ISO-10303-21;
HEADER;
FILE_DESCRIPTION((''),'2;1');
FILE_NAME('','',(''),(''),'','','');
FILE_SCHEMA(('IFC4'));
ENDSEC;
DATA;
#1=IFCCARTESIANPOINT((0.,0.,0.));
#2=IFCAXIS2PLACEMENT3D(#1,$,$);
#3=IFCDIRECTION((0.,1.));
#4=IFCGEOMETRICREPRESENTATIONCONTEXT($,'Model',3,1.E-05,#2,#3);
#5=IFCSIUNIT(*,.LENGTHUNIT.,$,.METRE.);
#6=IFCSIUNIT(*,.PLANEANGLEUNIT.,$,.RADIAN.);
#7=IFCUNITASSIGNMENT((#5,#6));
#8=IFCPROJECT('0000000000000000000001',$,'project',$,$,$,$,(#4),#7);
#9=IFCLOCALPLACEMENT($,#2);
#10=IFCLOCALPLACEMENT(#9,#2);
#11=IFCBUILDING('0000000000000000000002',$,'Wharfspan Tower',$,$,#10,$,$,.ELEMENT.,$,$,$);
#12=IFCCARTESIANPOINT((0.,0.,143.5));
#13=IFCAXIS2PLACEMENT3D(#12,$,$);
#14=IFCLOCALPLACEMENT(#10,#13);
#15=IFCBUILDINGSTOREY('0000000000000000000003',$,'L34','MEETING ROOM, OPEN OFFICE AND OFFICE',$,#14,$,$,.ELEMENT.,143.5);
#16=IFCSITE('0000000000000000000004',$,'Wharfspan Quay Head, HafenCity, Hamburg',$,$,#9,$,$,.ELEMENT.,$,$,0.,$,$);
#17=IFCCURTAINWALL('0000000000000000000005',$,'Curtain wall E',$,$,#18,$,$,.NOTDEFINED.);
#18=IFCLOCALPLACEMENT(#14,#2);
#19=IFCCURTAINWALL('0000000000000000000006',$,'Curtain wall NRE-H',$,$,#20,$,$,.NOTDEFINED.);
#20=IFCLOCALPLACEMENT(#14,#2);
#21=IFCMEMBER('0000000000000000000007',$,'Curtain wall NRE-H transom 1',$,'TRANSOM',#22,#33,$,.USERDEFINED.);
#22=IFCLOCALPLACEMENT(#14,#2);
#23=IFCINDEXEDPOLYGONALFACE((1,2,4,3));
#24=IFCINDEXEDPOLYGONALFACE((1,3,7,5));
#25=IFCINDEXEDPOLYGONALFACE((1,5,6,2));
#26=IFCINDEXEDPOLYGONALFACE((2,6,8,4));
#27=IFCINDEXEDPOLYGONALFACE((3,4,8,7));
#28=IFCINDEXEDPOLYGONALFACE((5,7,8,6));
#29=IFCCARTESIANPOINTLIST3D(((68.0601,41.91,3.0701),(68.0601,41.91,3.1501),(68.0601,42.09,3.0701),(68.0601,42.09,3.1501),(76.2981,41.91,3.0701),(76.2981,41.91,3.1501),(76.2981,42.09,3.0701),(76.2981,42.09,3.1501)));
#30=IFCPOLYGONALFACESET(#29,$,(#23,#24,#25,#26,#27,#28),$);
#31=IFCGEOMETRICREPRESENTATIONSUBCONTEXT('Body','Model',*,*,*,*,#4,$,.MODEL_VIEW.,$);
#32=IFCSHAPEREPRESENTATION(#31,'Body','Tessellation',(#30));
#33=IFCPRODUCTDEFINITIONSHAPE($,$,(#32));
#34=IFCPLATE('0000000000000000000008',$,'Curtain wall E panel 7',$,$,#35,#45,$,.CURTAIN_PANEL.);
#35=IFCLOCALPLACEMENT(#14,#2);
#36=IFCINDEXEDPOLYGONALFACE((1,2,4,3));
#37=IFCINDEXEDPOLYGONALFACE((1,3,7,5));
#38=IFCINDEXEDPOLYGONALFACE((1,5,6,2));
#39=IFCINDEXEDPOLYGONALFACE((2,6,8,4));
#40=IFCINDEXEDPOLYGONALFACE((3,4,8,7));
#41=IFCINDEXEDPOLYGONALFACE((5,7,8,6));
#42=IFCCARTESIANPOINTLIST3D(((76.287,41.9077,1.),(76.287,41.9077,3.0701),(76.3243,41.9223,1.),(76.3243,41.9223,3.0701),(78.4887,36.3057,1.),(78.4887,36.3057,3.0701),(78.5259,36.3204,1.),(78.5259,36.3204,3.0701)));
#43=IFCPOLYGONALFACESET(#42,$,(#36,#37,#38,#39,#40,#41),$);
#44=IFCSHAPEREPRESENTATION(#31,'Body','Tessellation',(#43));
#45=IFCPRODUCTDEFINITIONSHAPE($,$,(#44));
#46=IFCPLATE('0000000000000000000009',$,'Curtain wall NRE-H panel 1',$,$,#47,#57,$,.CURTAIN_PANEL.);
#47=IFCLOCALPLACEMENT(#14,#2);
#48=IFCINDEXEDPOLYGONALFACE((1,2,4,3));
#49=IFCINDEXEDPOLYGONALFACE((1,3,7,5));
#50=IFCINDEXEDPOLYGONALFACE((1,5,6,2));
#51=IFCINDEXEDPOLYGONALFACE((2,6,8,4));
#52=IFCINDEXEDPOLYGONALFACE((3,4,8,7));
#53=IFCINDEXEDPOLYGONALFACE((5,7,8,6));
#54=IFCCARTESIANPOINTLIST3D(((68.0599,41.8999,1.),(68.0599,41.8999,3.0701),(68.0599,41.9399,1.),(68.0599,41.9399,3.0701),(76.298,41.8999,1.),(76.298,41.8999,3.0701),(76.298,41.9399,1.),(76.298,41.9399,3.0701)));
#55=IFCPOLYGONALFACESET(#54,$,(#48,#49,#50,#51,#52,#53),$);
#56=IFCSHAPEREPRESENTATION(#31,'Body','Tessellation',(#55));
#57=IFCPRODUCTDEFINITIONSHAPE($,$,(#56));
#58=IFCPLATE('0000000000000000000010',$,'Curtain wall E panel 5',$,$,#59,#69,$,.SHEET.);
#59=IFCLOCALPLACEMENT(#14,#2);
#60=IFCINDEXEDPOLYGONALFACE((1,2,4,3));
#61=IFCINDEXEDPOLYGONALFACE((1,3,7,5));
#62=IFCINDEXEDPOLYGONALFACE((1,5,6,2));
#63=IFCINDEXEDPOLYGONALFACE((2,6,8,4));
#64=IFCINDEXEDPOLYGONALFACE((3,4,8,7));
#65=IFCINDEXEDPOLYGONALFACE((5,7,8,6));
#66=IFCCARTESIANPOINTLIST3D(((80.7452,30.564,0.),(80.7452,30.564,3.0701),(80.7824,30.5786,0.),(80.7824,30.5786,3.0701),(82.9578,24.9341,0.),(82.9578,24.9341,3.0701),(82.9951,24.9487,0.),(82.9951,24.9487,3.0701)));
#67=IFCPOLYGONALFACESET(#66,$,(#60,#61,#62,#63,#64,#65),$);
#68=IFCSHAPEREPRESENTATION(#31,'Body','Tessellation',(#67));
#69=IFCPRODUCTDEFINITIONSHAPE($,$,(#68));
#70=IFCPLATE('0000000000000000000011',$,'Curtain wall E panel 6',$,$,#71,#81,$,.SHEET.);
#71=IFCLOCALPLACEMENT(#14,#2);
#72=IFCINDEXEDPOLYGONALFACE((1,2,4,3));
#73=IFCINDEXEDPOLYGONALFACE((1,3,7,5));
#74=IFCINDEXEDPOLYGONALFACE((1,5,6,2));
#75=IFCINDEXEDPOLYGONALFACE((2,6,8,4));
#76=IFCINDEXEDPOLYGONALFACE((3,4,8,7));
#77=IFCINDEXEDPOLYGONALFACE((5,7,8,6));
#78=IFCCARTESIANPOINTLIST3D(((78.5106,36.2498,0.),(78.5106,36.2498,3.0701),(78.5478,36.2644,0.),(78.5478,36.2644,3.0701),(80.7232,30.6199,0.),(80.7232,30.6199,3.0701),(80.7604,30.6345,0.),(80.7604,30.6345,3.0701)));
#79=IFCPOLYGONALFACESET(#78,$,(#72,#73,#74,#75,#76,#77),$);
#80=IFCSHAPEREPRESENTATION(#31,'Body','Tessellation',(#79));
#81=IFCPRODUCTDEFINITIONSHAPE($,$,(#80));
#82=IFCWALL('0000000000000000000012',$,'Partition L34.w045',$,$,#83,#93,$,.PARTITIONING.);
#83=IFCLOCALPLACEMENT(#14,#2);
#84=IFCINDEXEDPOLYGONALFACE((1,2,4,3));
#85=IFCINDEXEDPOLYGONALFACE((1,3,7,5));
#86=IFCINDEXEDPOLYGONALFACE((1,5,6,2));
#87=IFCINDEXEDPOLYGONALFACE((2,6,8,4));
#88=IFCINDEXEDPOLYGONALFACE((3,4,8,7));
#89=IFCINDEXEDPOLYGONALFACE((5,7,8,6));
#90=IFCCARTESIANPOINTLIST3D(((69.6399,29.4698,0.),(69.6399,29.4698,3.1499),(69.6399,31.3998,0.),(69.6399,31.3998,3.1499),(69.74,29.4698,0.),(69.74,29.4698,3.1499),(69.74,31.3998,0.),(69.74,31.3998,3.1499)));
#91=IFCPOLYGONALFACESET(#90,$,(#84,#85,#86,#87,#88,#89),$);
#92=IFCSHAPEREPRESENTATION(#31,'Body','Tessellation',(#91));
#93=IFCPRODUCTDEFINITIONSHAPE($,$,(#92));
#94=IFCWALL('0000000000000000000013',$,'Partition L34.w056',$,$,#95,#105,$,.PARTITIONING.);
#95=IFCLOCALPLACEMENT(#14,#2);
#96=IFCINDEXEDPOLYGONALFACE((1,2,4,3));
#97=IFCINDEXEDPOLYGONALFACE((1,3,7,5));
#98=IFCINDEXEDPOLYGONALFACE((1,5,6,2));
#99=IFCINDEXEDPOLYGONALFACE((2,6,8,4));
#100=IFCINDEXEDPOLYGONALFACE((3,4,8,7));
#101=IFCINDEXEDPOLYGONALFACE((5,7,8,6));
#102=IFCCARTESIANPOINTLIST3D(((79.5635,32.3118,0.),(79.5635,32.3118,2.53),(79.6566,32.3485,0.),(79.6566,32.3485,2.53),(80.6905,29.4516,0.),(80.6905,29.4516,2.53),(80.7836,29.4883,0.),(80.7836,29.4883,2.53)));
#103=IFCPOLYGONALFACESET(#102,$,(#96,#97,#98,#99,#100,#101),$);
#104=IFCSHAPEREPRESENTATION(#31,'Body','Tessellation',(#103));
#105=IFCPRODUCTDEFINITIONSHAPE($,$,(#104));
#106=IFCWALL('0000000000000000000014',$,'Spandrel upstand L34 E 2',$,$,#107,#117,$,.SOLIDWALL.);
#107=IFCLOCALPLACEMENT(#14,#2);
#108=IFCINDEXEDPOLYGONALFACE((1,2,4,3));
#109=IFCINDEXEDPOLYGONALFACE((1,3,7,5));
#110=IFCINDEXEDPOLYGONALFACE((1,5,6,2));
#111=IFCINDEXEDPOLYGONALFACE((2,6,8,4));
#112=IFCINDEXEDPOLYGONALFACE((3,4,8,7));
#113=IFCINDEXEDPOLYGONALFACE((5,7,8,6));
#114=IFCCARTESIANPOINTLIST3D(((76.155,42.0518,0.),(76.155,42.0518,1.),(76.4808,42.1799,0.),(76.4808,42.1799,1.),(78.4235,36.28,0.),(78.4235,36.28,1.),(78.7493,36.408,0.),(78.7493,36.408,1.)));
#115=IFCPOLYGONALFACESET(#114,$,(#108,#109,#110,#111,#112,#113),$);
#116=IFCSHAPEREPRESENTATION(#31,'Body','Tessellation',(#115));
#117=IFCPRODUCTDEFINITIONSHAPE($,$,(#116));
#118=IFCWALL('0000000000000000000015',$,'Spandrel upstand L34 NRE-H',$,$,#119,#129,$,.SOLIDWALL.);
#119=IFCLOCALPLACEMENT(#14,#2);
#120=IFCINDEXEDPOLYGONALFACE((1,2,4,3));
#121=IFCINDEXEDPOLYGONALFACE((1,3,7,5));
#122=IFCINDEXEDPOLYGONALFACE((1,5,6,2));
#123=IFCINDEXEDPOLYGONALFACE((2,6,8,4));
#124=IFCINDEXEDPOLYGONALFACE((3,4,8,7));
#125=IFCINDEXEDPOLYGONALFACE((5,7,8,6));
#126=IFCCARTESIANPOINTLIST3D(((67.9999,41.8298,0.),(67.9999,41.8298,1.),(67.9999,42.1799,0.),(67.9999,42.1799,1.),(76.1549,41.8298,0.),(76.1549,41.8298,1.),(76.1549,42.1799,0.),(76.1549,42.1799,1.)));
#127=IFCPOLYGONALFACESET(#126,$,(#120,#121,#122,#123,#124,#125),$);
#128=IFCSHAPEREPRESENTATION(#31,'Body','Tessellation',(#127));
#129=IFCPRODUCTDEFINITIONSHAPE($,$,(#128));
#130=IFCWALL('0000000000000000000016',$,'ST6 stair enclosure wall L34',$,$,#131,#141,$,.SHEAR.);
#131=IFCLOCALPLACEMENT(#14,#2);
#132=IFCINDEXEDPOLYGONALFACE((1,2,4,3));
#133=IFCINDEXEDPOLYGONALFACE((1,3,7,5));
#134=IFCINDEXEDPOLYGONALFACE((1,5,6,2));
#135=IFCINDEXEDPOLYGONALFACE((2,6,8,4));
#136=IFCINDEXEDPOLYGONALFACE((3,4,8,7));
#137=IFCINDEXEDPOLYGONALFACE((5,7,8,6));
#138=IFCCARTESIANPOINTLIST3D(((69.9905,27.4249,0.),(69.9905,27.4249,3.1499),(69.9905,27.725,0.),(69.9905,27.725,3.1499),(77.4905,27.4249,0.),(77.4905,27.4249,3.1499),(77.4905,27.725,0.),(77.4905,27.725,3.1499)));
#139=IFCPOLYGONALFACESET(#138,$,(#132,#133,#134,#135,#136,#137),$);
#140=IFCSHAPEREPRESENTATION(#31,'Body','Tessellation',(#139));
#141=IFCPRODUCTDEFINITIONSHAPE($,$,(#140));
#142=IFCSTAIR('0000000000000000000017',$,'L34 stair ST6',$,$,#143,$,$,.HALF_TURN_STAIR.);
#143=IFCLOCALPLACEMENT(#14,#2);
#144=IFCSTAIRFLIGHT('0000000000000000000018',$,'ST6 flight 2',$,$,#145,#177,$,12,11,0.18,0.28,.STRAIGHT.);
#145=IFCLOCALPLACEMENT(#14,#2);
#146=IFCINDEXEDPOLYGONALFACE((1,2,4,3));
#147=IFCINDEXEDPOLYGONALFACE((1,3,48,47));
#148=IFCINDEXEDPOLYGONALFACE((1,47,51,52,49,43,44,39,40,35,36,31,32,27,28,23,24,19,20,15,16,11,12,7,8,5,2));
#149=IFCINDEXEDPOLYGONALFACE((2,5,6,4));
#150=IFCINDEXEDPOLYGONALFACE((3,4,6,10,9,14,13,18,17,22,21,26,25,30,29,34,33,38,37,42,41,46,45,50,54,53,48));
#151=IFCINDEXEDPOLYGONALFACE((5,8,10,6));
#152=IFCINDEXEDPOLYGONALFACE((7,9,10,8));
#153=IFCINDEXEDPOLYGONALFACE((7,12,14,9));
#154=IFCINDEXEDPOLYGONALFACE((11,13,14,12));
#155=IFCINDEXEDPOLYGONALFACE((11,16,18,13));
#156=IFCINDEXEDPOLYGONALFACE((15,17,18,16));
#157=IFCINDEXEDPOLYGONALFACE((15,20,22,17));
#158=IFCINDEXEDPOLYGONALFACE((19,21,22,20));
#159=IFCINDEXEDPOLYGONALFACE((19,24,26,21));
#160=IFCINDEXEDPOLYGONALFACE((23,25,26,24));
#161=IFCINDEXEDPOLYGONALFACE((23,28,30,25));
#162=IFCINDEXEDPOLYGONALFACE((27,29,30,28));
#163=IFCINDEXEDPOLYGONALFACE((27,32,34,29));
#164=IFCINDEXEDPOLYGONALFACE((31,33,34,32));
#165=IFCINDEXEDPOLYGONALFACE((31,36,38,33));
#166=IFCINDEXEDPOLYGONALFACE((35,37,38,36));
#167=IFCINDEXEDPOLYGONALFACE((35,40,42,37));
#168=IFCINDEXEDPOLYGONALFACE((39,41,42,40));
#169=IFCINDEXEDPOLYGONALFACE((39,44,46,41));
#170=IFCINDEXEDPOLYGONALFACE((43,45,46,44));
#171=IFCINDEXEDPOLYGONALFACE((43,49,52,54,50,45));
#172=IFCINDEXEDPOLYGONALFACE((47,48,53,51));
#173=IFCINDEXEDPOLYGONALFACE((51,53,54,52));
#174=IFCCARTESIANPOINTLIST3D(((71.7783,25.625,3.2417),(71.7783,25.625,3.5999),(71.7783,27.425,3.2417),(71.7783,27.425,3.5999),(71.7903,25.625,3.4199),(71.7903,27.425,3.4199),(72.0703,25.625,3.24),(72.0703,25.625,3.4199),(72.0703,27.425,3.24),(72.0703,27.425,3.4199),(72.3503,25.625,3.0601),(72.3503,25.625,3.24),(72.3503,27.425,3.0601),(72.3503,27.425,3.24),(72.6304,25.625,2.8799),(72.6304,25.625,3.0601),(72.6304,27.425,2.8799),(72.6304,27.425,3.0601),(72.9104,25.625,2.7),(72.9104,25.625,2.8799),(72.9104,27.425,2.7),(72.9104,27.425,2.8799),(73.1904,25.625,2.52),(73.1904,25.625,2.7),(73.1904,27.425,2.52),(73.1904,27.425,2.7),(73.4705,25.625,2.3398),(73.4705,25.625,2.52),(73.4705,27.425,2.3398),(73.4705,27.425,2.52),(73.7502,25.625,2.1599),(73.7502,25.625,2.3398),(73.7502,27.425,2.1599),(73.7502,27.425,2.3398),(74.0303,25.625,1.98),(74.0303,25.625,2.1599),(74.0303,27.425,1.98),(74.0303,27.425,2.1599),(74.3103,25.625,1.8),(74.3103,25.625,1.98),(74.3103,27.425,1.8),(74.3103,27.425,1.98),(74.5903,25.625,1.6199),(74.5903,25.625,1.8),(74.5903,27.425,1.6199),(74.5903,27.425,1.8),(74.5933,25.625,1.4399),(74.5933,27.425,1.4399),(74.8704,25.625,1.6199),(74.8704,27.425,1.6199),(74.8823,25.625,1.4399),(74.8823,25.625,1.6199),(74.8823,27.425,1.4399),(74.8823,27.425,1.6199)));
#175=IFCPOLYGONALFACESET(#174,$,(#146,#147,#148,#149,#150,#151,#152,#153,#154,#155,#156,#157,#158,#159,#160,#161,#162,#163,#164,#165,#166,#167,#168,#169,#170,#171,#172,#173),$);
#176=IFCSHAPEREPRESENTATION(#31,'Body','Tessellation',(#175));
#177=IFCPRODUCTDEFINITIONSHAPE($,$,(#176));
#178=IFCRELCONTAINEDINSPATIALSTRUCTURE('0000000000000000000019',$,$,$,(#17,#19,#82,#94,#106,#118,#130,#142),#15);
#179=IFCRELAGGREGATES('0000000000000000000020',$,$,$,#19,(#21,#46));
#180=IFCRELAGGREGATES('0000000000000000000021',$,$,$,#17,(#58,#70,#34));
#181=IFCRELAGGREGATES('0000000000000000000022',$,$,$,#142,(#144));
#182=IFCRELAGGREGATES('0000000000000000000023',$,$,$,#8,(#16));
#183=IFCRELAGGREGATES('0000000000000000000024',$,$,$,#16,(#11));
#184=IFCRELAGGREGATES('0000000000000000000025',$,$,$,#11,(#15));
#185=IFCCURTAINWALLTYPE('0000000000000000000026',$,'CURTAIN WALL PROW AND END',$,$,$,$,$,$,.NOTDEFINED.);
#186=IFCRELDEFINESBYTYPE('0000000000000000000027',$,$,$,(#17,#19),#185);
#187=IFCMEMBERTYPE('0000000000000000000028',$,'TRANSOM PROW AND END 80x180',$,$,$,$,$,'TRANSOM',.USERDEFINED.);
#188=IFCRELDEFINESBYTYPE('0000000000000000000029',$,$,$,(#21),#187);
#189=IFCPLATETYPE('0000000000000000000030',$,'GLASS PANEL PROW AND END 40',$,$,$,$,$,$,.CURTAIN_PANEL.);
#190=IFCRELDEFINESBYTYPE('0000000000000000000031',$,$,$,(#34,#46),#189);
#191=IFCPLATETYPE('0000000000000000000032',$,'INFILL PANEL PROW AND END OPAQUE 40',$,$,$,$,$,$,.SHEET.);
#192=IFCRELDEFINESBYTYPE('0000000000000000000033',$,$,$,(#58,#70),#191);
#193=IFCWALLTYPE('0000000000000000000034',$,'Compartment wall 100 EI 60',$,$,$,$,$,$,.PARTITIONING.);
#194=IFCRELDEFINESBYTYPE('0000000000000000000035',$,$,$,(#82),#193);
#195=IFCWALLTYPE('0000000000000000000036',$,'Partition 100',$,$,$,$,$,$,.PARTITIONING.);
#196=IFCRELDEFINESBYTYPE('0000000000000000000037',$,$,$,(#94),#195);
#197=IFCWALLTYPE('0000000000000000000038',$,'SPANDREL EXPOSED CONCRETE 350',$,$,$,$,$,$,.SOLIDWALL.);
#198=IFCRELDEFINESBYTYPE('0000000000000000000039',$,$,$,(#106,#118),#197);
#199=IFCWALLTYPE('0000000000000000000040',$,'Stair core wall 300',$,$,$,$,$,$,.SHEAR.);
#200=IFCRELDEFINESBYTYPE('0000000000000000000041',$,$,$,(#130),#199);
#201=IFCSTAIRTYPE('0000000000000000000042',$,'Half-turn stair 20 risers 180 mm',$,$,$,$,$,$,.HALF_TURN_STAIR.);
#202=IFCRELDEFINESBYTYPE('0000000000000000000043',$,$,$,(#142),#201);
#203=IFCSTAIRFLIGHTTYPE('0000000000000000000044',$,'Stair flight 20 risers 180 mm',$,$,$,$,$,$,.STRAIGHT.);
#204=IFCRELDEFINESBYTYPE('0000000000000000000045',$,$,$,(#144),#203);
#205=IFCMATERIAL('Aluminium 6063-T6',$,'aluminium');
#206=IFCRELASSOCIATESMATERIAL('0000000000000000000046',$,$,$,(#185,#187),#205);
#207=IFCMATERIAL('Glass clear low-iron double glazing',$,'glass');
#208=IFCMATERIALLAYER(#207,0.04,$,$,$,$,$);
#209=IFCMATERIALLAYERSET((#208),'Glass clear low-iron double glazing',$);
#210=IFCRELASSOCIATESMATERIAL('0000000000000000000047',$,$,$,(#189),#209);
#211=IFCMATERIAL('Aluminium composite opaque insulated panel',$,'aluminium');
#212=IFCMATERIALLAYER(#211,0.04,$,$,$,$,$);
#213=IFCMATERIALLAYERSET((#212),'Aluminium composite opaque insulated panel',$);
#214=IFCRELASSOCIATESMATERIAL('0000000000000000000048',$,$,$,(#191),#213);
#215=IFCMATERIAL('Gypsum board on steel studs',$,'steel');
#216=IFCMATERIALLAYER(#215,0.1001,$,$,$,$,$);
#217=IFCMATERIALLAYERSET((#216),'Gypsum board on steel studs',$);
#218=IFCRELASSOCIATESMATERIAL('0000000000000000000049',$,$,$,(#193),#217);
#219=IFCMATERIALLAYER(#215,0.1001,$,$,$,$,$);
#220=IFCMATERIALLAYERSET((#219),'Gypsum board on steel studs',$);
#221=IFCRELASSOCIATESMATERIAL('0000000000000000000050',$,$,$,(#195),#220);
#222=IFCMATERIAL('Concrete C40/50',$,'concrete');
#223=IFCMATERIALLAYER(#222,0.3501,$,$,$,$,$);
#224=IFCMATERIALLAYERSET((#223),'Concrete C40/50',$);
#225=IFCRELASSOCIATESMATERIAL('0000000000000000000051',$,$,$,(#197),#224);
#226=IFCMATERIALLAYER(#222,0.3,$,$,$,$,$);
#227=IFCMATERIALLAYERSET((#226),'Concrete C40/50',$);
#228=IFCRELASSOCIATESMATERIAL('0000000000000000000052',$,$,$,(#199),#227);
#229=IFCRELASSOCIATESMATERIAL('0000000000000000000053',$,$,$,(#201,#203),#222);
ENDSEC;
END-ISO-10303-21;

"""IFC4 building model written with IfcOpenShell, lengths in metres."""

from ifc_helpers import new_model, si_unit, direction, frame, frame_2d, origin, origin_2d, place, context, subcontext, project, spatial, polyline, rectangle, outline, extrude, material, layer, layer_set, material_profile, profile_set, type_object, element, aggregate, save


model = new_model("IFC4")

# Units and contexts
model_context = context("Model", 3, precision=1e-05, world=origin(), true_north=direction((0.0, 1.0)))
body_context = subcontext(model_context, "Body", "Model", "MODEL_VIEW")
ifc_project = project(units=[si_unit("LENGTHUNIT", "METRE"), si_unit("PLANEANGLEUNIT", "RADIAN")], contexts=[model_context])

# Site, building, storey
site_placement = place(None, origin())
site = spatial("IfcSite", under=ifc_project, at=site_placement, Name="Wharfspan Quay Head, HafenCity, Hamburg", CompositionType="ELEMENT", RefElevation=0.0)
building_placement = place(site_placement, origin())
building = spatial("IfcBuilding", under=site, at=building_placement, Name="Wharfspan Tower", CompositionType="ELEMENT")
storey_placement = place(building_placement, frame((0.0, 0.0, 143.5)))
storey = spatial("IfcBuildingStorey", under=building, at=storey_placement, Name="L34", Description="MEETING ROOM, OPEN OFFICE AND OFFICE", CompositionType="ELEMENT", Elevation=143.5)

# Curtain walls
ifc_material_1 = material(Name="Aluminium 6063-T6", Category="aluminium")
curtain_wall_type = type_object("IfcCurtainWallType", Name="CURTAIN WALL PROW AND END", PredefinedType="NOTDEFINED", material=ifc_material_1)
curtain_wall_1_placement = place(storey_placement, origin())
curtain_wall_1 = element("IfcCurtainWall", 1, at=curtain_wall_1_placement, inside=storey, type_object=curtain_wall_type, Name="Curtain wall E", PredefinedType="NOTDEFINED")
curtain_wall_2_placement = place(storey_placement, origin())
curtain_wall_2 = element("IfcCurtainWall", 2, at=curtain_wall_2_placement, inside=storey, type_object=curtain_wall_type, Name="Curtain wall NRE-H", PredefinedType="NOTDEFINED")

# Member
ifc_material_profile_1 = material_profile(ifc_material_1, rectangle(XDim=0.1799, YDim=0.0801, at=origin_2d()))
ifc_profile_set_1 = profile_set([ifc_material_profile_1], Name="Aluminium 6063-T6")
member_type_1 = type_object("IfcMemberType", Name="TRANSOM PROW AND END 80x180", ElementType="TRANSOM", PredefinedType="USERDEFINED", material=ifc_profile_set_1)
member_1_placement = place(storey_placement, frame((76.2981, 42.0, 3.1101), z_axis=(-1.0, 0.0, 0.0), x_axis=(0.0, -1.0, 0.0)))
member_1 = element("IfcMember", 3, at=member_1_placement, type_object=member_type_1, Name="Curtain wall NRE-H transom 1", ObjectType="TRANSOM", PredefinedType="USERDEFINED", context=body_context, shape_type="SweptSolid", body=[
    extrude(rectangle(XDim=0.1799, YDim=0.0801, at=origin_2d()), origin(), (0.0, 0.0, 1.0), 8.238),
])

# Plates
ifc_material_2 = material(Name="Glass clear low-iron double glazing", Category="glass")
ifc_layer_1 = layer(ifc_material_2, 0.04)
ifc_layer_set_1 = layer_set([ifc_layer_1], Name="Glass clear low-iron double glazing")
plate_type_1 = type_object("IfcPlateType", Name="GLASS PANEL PROW AND END 40", PredefinedType="CURTAIN_PANEL", material=ifc_layer_set_1)
plate_1_placement = place(storey_placement, frame((77.4065, 39.114, 1.0), z_axis=(0.0, 0.0, 1.0), x_axis=(-0.365778, 0.930702, 0.0)))
plate_1 = element("IfcPlate", 4, at=plate_1_placement, type_object=plate_type_1, Name="Curtain wall E panel 7", PredefinedType="CURTAIN_PANEL", context=body_context, shape_type="SweptSolid", body=[
    extrude(rectangle(XDim=6.019, YDim=0.04, at=origin_2d()), origin(), (0.0, 0.0, 1.0), 2.0701),
])
plate_2_placement = place(storey_placement, frame((72.179, 41.9199, 1.0), z_axis=(0.0, 0.0, 1.0), x_axis=(-1.0, 0.0, 0.0)))
plate_2 = element("IfcPlate", 5, at=plate_2_placement, type_object=plate_type_1, Name="Curtain wall NRE-H panel 1", PredefinedType="CURTAIN_PANEL", context=body_context, shape_type="SweptSolid", body=[
    extrude(rectangle(XDim=8.238, YDim=0.04, at=origin_2d()), origin(), (0.0, 0.0, 1.0), 2.0701),
])
aggregate(curtain_wall_2, [member_1, plate_2])
ifc_material_3 = material(Name="Aluminium composite opaque insulated panel", Category="aluminium")
ifc_layer_2 = layer(ifc_material_3, 0.04)
ifc_layer_set_2 = layer_set([ifc_layer_2], Name="Aluminium composite opaque insulated panel")
plate_type_2 = type_object("IfcPlateType", Name="INFILL PANEL PROW AND END OPAQUE 40", PredefinedType="SHEET", material=ifc_layer_set_2)
plate_3_placement = place(storey_placement, frame((81.8701, 27.7563, 0.0), z_axis=(0.0, 0.0, 1.0), x_axis=(-0.365778, 0.930702, 0.0)))
plate_3 = element("IfcPlate", 6, at=plate_3_placement, type_object=plate_type_2, Name="Curtain wall E panel 5", PredefinedType="SHEET", context=body_context, shape_type="SweptSolid", body=[
    extrude(rectangle(XDim=6.0491, YDim=0.04, at=origin_2d()), origin(), (0.0, 0.0, 1.0), 3.0701),
])
plate_4_placement = place(storey_placement, frame((79.6355, 33.4421, 0.0), z_axis=(0.0, 0.0, 1.0), x_axis=(-0.365778, 0.930702, 0.0)))
plate_4 = element("IfcPlate", 7, at=plate_4_placement, type_object=plate_type_2, Name="Curtain wall E panel 6", PredefinedType="SHEET", context=body_context, shape_type="SweptSolid", body=[
    extrude(rectangle(XDim=6.0491, YDim=0.04, at=origin_2d()), origin(), (0.0, 0.0, 1.0), 3.0701),
])
aggregate(curtain_wall_1, [plate_3, plate_4, plate_1])

# Walls
ifc_material_4 = material(Name="Gypsum board on steel studs", Category="steel")
ifc_layer_3 = layer(ifc_material_4, 0.1001)
ifc_layer_set_3 = layer_set([ifc_layer_3], Name="Gypsum board on steel studs")
wall_type_1 = type_object("IfcWallType", Name="Compartment wall 100 EI 60", PredefinedType="PARTITIONING", material=ifc_layer_set_3)
wall_1_placement = place(storey_placement, frame((69.6899, 29.47, 0.0), z_axis=(0.0, 0.0, 1.0), x_axis=(0.0, 1.0, 0.0)))
element("IfcWall", 8, at=wall_1_placement, inside=storey, type_object=wall_type_1, Name="Partition L34.w045", PredefinedType="PARTITIONING", context=body_context, shape_type="SweptSolid", body=[
    extrude(rectangle(XDim=1.9299, YDim=0.1001, at=frame_2d((0.9648, 0.0))), origin(), (0.0, 0.0, 1.0), 3.1499),
])
ifc_layer_4 = layer(ifc_material_4, 0.1001)
ifc_layer_set_4 = layer_set([ifc_layer_4], Name="Gypsum board on steel studs")
wall_type_2 = type_object("IfcWallType", Name="Partition 100", PredefinedType="PARTITIONING", material=ifc_layer_set_4)
wall_2_placement = place(storey_placement, frame((80.7371, 29.47, 0.0), z_axis=(0.0, 0.0, 1.0), x_axis=(-0.366592, 0.930378, 0.0)))
element("IfcWall", 9, at=wall_2_placement, inside=storey, type_object=wall_type_2, Name="Partition L34.w056", PredefinedType="PARTITIONING", context=body_context, shape_type="SweptSolid", body=[
    extrude(rectangle(XDim=3.0742, YDim=0.1001, at=frame_2d((1.5371, 0.0))), origin(), (0.0, 0.0, 1.0), 2.53),
])
ifc_material_5 = material(Name="Concrete C40/50", Category="concrete")
ifc_layer_5 = layer(ifc_material_5, 0.3501)
ifc_layer_set_5 = layer_set([ifc_layer_5], Name="Concrete C40/50")
wall_type_3 = type_object("IfcWallType", Name="SPANDREL EXPOSED CONCRETE 350", PredefinedType="SOLIDWALL", material=ifc_layer_set_5)
wall_3_placement = place(storey_placement, frame((78.5864, 36.344, 0.0), z_axis=(0.0, 0.0, 1.0), x_axis=(-0.365792, 0.930699, 0.0)))
element("IfcWall", 10, at=wall_3_placement, inside=storey, type_object=wall_type_3, Name="Spandrel upstand L34 E 2", PredefinedType="SOLIDWALL", context=body_context, shape_type="SweptSolid", body=[
    extrude(rectangle(XDim=6.2017, YDim=0.3501, at=frame_2d((3.1008, 0.0))), origin(), (0.0, 0.0, 1.0), 1.0),
])
wall_4_placement = place(storey_placement, frame((76.155, 42.0049, 0.0), z_axis=(0.0, 0.0, 1.0), x_axis=(-1.0, 0.0, 0.0)))
element("IfcWall", 11, at=wall_4_placement, inside=storey, type_object=wall_type_3, Name="Spandrel upstand L34 NRE-H", PredefinedType="SOLIDWALL", context=body_context, shape_type="SweptSolid", body=[
    extrude(rectangle(XDim=8.155, YDim=0.3501, at=frame_2d((4.0776, 0.0))), origin(), (0.0, 0.0, 1.0), 1.0),
])
ifc_layer_6 = layer(ifc_material_5, 0.3)
ifc_layer_set_6 = layer_set([ifc_layer_6], Name="Concrete C40/50")
wall_type_4 = type_object("IfcWallType", Name="Stair core wall 300", PredefinedType="SHEAR", material=ifc_layer_set_6)
wall_5_placement = place(storey_placement, frame((69.9905, 27.575, 0.0), z_axis=(0.0, 0.0, 1.0), x_axis=(1.0, 0.0, 0.0)))
element("IfcWall", 12, at=wall_5_placement, inside=storey, type_object=wall_type_4, Name="ST6 stair enclosure wall L34", PredefinedType="SHEAR", context=body_context, shape_type="SweptSolid", body=[
    extrude(rectangle(XDim=7.5, YDim=0.3, at=frame_2d((3.75, 0.0))), origin(), (0.0, 0.0, 1.0), 3.1499),
])

# Stair, stair flight
stair_type = type_object("IfcStairType", Name="Half-turn stair 20 risers 180 mm", PredefinedType="HALF_TURN_STAIR", material=ifc_material_5)
stair_placement = place(storey_placement, origin())
stair = element("IfcStair", 13, at=stair_placement, inside=storey, type_object=stair_type, Name="L34 stair ST6", PredefinedType="HALF_TURN_STAIR")
stair_flight_type = type_object("IfcStairFlightType", Name="Stair flight 20 risers 180 mm", PredefinedType="STRAIGHT", material=ifc_material_5)
stair_flight_placement = place(storey_placement, frame((74.8704, 26.5249, 1.4399), z_axis=(0.0, 0.0, 1.0), x_axis=(-1.0, 0.0, 0.0)))
stair_flight = element("IfcStairFlight", 14, at=stair_flight_placement, type_object=stair_flight_type, Name="ST6 flight 2", NumberOfRisers=12, NumberOfTreads=11, PredefinedType="STRAIGHT", RiserHeight=0.18, TreadLength=0.28, context=body_context, shape_type="SweptSolid", body=[
    extrude(outline(polyline([(-0.012, 0.0), (-0.012, 0.1799), (0.0, 0.1799), (0.28, 0.1799), (0.28, 0.3601), (0.5601, 0.3601), (0.5601, 0.54), (0.8401, 0.54), (0.8401, 0.72), (1.1201, 0.72), (1.1201, 0.8999), (1.3999, 0.8999), (1.3999, 1.0801), (1.6799, 1.0801), (1.6799, 1.26), (1.96, 1.26), (1.96, 1.4399), (2.24, 1.4399), (2.24, 1.6201), (2.52, 1.6201), (2.52, 1.8), (2.8, 1.8), (2.8, 1.98), (3.0801, 1.98), (3.092, 2.1599), (3.092, 1.8018), (0.2771, 0.0), (-0.012, 0.0)])), frame((0.0, 0.8999, 0.0), z_axis=(0.0, -1.0, 0.0), x_axis=(1.0, 0.0, 0.0)), (0.0, 0.0, 1.0), 1.8),
])
aggregate(stair, [stair_flight])

save(model, "model.ifc")
